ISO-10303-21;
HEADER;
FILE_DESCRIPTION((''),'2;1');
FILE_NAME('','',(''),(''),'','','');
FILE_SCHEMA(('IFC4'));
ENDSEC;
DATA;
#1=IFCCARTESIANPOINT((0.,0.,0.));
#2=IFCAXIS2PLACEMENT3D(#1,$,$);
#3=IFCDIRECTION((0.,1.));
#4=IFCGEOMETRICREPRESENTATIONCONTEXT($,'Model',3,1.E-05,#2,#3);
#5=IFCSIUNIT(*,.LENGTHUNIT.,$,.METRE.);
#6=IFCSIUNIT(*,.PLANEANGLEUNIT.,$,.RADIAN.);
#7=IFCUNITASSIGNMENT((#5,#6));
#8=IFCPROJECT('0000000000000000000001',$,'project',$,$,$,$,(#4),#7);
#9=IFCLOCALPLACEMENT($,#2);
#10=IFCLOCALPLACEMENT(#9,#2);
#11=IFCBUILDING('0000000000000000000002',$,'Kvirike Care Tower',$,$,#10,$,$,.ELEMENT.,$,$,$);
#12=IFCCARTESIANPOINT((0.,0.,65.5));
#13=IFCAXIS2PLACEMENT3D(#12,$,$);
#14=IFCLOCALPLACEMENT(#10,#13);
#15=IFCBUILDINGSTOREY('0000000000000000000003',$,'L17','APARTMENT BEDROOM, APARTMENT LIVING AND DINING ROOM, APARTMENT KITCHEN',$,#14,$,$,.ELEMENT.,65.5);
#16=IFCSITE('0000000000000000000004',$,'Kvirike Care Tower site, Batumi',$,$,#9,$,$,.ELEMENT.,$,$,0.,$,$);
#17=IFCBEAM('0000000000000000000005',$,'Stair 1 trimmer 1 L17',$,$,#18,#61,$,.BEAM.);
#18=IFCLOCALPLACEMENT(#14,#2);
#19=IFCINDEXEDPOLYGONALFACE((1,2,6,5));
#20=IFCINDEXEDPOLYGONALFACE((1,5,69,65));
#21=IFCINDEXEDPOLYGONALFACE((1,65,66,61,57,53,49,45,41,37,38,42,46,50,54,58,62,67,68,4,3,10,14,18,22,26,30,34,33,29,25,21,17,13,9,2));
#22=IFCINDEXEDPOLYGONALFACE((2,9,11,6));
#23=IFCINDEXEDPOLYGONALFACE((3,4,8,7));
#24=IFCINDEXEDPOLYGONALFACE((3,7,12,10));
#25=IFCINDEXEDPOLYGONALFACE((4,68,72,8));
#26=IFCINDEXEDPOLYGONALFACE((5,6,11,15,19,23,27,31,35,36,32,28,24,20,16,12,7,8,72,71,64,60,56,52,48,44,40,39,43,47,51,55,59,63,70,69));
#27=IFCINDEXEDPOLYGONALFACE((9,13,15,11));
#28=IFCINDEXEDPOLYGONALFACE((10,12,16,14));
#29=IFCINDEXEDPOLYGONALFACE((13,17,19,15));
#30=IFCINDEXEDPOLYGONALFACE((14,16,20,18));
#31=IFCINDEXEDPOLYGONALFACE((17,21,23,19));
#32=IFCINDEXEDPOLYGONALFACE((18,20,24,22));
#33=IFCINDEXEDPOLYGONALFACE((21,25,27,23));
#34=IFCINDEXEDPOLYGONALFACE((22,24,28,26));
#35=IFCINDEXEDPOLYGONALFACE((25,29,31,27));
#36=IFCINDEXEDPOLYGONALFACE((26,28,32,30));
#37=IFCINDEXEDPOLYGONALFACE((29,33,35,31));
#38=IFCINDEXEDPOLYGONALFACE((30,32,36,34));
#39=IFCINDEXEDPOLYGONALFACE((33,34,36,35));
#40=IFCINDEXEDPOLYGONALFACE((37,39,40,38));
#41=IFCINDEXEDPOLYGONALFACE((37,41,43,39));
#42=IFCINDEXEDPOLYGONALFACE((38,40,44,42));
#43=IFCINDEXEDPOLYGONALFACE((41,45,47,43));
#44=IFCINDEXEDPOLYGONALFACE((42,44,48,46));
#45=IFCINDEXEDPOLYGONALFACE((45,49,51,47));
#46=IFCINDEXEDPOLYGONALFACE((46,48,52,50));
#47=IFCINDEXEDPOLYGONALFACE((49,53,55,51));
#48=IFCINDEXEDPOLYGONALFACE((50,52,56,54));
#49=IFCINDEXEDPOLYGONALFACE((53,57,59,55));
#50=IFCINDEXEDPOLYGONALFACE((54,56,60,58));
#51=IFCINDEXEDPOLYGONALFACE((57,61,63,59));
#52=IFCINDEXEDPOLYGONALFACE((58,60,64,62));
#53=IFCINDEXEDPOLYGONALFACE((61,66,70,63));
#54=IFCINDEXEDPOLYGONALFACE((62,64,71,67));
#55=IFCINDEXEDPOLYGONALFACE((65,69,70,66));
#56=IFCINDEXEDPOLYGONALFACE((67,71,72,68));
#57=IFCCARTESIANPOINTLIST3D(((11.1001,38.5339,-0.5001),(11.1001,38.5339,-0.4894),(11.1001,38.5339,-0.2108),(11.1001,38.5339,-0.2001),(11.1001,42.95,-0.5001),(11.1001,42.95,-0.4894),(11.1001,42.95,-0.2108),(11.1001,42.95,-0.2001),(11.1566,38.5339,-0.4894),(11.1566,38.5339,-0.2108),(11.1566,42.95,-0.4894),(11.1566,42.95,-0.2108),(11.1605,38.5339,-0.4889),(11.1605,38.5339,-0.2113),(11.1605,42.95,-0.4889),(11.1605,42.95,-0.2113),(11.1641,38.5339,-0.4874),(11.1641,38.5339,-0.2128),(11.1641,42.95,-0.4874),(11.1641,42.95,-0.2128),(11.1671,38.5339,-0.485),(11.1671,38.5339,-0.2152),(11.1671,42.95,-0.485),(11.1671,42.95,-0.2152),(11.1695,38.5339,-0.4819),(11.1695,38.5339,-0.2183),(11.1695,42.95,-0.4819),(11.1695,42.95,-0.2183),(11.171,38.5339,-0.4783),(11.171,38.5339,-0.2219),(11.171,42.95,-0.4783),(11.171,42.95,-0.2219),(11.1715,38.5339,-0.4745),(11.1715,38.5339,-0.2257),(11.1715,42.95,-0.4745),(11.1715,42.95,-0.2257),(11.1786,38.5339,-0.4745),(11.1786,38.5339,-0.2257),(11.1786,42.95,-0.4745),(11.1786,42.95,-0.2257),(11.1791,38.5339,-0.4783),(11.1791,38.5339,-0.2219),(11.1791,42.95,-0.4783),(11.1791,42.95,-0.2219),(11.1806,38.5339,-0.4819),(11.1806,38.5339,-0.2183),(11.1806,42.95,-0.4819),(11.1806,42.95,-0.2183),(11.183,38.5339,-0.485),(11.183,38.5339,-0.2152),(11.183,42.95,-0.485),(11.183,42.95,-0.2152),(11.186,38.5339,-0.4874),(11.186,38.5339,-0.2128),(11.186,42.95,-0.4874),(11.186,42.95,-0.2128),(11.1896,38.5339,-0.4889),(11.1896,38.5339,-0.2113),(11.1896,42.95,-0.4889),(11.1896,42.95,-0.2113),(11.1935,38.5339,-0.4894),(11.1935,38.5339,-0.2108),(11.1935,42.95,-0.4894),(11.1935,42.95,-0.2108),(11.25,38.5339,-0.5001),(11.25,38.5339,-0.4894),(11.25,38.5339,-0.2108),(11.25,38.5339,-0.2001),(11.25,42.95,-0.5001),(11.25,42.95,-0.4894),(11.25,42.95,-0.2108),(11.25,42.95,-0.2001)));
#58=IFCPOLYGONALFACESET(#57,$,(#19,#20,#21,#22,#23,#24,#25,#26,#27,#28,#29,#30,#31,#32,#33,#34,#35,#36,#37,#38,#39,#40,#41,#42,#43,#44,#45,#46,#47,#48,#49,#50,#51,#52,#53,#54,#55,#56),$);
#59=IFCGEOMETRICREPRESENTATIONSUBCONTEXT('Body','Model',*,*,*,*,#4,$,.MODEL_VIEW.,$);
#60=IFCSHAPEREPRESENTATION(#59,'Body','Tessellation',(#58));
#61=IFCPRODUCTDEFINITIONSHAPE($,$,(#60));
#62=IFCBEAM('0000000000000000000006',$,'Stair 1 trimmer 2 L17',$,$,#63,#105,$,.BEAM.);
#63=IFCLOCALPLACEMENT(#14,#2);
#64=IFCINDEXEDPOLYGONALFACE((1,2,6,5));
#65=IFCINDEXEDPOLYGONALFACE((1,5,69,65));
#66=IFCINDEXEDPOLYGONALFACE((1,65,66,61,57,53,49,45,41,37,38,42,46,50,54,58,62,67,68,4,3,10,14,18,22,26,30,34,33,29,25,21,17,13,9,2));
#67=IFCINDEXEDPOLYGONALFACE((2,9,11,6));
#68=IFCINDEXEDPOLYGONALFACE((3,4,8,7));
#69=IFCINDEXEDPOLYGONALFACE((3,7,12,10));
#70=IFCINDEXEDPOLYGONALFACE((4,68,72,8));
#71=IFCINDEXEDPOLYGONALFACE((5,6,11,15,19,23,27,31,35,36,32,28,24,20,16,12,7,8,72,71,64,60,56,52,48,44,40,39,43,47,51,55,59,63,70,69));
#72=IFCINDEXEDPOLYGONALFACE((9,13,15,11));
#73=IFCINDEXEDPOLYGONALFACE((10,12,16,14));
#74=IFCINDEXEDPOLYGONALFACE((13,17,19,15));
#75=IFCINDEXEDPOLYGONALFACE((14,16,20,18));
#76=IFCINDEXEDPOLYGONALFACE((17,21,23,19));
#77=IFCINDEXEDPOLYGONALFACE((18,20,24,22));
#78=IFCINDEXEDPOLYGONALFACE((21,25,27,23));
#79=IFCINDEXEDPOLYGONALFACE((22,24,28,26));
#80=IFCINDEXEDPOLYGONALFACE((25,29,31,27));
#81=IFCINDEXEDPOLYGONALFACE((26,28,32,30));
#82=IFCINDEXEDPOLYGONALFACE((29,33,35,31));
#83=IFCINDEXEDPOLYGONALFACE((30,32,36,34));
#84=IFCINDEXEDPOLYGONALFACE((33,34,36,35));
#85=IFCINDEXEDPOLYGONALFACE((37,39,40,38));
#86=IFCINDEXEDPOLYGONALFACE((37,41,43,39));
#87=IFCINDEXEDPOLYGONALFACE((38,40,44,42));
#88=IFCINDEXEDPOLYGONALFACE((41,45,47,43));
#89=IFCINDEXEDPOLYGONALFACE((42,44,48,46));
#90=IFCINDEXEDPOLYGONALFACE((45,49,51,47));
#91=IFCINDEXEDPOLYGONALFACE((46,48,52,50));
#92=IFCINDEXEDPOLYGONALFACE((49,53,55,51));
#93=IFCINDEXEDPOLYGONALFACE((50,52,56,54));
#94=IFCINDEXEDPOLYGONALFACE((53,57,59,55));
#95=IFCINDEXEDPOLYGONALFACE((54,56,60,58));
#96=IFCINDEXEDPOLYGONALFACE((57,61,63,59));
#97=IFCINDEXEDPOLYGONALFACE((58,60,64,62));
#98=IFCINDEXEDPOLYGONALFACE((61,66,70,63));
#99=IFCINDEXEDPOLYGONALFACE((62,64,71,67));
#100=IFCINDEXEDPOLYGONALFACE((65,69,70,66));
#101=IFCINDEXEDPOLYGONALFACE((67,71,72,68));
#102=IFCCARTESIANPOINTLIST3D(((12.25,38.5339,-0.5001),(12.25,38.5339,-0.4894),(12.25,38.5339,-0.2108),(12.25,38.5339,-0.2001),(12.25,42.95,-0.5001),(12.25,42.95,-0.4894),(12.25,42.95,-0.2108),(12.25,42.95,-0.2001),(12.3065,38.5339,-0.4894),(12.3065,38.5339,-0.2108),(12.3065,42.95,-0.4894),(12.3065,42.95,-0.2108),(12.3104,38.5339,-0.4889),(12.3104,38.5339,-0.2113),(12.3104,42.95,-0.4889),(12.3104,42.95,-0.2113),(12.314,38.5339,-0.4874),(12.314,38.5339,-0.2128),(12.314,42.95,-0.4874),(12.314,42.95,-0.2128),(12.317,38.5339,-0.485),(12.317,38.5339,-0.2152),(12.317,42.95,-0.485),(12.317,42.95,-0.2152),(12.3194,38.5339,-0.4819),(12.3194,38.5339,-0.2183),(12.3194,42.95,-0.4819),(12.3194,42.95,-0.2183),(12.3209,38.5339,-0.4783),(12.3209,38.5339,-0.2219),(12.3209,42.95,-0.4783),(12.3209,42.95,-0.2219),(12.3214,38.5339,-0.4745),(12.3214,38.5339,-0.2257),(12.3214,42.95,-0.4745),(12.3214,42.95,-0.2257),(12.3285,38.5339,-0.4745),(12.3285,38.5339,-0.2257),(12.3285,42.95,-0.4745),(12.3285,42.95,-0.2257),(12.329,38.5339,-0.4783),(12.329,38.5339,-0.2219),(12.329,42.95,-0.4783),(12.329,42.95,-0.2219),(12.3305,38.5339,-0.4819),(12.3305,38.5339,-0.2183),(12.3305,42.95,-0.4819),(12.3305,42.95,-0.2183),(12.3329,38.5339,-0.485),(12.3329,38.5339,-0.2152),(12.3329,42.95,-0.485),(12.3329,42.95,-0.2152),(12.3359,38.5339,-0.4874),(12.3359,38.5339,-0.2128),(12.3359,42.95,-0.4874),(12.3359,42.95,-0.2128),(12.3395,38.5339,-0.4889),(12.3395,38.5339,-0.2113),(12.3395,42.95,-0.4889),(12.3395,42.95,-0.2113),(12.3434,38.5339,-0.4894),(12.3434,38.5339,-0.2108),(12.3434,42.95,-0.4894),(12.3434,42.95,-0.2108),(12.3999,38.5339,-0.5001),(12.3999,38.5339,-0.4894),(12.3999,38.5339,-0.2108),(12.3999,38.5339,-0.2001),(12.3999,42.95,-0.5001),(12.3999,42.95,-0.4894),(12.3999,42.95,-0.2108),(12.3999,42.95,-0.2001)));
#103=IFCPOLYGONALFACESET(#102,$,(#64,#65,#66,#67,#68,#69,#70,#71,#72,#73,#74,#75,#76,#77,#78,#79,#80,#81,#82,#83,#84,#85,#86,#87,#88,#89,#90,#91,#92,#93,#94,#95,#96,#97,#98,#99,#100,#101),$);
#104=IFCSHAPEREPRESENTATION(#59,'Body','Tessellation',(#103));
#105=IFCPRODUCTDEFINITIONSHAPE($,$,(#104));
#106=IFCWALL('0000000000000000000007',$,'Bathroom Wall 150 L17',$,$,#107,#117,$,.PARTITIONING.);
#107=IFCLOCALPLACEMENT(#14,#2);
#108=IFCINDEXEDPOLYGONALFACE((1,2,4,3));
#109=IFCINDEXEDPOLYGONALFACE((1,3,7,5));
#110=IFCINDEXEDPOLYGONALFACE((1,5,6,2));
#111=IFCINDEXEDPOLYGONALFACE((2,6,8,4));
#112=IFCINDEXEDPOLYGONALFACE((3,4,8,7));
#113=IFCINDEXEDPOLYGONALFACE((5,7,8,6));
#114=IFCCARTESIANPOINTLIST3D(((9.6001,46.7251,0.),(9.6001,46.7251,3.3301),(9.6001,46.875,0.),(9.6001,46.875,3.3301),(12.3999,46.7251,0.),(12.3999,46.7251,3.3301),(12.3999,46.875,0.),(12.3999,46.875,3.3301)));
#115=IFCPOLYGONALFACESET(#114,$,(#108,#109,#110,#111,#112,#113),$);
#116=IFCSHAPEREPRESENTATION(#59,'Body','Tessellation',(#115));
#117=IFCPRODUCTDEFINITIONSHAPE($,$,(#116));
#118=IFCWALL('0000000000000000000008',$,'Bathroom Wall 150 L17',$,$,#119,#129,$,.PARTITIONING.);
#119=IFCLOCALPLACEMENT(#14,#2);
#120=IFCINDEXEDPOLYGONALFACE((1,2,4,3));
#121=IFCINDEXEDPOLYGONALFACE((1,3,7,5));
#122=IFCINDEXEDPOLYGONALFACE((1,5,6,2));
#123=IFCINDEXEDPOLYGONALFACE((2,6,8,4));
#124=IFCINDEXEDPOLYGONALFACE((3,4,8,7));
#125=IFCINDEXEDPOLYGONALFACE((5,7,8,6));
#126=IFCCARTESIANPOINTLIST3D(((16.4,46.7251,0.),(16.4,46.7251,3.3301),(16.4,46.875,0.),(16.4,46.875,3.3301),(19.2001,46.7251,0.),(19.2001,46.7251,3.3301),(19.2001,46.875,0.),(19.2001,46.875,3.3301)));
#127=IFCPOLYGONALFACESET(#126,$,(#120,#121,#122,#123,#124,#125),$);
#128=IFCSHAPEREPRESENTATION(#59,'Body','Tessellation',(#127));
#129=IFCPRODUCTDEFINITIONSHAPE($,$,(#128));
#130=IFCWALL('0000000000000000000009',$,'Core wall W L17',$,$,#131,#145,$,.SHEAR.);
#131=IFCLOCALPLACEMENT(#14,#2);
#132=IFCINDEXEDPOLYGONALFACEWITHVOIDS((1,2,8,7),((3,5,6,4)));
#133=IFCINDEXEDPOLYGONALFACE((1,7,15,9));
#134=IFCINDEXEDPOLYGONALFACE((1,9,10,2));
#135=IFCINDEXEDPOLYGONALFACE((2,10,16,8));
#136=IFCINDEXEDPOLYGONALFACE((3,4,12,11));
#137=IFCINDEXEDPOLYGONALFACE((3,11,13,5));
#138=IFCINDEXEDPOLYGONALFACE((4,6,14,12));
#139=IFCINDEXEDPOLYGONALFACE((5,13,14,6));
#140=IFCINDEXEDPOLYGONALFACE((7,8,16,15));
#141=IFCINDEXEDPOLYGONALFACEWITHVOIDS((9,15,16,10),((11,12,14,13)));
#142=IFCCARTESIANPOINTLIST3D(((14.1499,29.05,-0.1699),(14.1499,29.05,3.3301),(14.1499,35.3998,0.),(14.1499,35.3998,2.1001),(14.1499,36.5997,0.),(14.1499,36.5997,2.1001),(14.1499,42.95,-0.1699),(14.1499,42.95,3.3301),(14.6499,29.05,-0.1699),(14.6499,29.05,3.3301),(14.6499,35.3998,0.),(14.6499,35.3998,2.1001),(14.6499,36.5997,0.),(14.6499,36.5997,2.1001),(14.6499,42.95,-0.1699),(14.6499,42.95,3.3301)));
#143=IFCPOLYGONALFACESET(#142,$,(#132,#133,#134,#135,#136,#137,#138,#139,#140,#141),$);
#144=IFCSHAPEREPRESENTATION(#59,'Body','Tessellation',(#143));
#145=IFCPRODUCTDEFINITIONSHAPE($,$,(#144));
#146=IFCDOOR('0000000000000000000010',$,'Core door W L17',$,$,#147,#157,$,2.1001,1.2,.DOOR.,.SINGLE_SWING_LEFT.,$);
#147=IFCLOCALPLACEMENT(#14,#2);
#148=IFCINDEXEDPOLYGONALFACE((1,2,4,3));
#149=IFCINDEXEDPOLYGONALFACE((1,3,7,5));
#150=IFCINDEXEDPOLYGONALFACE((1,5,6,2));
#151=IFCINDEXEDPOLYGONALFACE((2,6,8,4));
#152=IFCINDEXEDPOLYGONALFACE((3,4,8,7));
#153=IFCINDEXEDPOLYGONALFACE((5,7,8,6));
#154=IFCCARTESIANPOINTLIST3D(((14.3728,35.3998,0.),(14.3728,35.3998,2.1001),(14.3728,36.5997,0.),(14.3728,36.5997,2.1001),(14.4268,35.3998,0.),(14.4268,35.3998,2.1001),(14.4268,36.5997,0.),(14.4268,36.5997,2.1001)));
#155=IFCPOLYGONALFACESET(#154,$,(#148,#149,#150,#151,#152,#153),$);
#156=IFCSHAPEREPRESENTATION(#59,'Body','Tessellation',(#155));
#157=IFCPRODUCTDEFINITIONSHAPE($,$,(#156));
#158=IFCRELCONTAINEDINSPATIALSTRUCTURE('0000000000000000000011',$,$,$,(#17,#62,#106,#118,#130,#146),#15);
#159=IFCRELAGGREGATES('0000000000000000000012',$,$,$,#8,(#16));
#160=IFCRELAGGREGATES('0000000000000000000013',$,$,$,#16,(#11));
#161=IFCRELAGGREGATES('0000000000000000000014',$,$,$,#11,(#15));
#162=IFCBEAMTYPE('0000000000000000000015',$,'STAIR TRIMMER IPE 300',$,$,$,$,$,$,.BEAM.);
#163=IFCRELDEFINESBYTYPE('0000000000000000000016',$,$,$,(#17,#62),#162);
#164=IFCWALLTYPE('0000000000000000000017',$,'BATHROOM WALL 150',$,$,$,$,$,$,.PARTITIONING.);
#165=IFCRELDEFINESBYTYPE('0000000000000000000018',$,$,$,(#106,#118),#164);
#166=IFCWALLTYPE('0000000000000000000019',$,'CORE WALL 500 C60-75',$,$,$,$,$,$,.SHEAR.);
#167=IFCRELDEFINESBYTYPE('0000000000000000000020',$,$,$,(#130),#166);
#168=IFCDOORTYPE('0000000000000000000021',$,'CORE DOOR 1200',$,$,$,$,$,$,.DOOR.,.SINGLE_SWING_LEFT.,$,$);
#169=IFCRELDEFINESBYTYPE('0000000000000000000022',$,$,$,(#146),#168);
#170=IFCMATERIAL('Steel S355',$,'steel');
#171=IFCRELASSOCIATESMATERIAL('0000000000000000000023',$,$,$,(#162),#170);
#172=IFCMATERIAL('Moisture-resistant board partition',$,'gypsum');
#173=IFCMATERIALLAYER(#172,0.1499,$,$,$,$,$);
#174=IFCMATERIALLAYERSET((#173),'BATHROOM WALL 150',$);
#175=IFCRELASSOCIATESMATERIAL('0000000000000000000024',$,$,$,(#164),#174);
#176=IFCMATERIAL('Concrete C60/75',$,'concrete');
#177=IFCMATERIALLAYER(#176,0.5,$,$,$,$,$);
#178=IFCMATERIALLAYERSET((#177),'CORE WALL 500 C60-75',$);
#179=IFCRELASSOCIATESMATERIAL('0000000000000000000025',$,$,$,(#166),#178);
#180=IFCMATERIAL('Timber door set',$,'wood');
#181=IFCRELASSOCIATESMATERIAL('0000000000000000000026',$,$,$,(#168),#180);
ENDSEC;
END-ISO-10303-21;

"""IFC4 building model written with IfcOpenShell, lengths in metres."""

from ifc_helpers import new_model, si_unit, direction, frame, frame_2d, origin, origin_2d, place, context, subcontext, project, spatial, rectangle, i_section, extrude, material, layer, layer_set, material_profile, profile_set, type_object, element, fill, save


model = new_model("IFC4")

# Units and contexts
model_context = context("Model", 3, precision=1e-05, world=origin(), true_north=direction((0.0, 1.0)))
body_context = subcontext(model_context, "Body", "Model", "MODEL_VIEW")
ifc_project = project(units=[si_unit("LENGTHUNIT", "METRE"), si_unit("PLANEANGLEUNIT", "RADIAN")], contexts=[model_context])

# Site, building, storey
site_placement = place(None, origin())
site = spatial("IfcSite", under=ifc_project, at=site_placement, Name="Kvirike Care Tower site, Batumi", CompositionType="ELEMENT", RefElevation=0.0)
building_placement = place(site_placement, origin())
building = spatial("IfcBuilding", under=site, at=building_placement, Name="Kvirike Care Tower", CompositionType="ELEMENT")
storey_placement = place(building_placement, frame((0.0, 0.0, 65.5)))
storey = spatial("IfcBuildingStorey", under=building, at=storey_placement, Name="L17", Description="APARTMENT BEDROOM, APARTMENT LIVING AND DINING ROOM, APARTMENT KITCHEN", CompositionType="ELEMENT", Elevation=65.5)

# Beams
ifc_material_1 = material(Name="Steel S355", Category="steel")
ifc_material_profile_1 = material_profile(ifc_material_1, i_section(OverallWidth=0.1499, OverallDepth=0.3, WebThickness=0.0071, FlangeThickness=0.0107, FilletRadius=0.0149, at=origin_2d()), Name="IPE 300")
ifc_profile_set_1 = profile_set([ifc_material_profile_1], Name="Steel S355")
beam_type_1 = type_object("IfcBeamType", Name="STAIR TRIMMER IPE 300", PredefinedType="BEAM", material=ifc_profile_set_1)
for number, where, z_axis, x_axis, name in (
    (1, (11.175, 42.95, -0.3501), (0.0, -1.0, 0.0), (1.0, 0.0, 0.0), "Stair 1 trimmer 1 L17"),
    (2, (12.325, 42.95, -0.3501), (0.0, -1.0, 0.0), (1.0, 0.0, 0.0), "Stair 1 trimmer 2 L17"),
):
    element("IfcBeam", number, at=place(storey_placement, frame(where, z_axis=z_axis, x_axis=x_axis)), inside=storey, type_object=beam_type_1, Name=name, PredefinedType="BEAM", context=body_context, shape_type="SweptSolid", body=[
        extrude(i_section(OverallWidth=0.1499, OverallDepth=0.3, WebThickness=0.0071, FlangeThickness=0.0107, FilletRadius=0.0149, at=origin_2d()), origin(), (0.0, 0.0, 1.0), 4.416),
    ])

# Walls
ifc_material_2 = material(Name="Moisture-resistant board partition", Category="gypsum")
ifc_layer_1 = layer(ifc_material_2, 0.1499)
ifc_layer_set_1 = layer_set([ifc_layer_1], Name="BATHROOM WALL 150")
wall_type_1 = type_object("IfcWallType", Name="BATHROOM WALL 150", PredefinedType="PARTITIONING", material=ifc_layer_set_1)
wall_1_placement = place(storey_placement, frame((12.3999, 46.8, 0.0), z_axis=(0.0, 0.0, 1.0), x_axis=(-1.0, 0.0, 0.0)))
element("IfcWall", 3, at=wall_1_placement, inside=storey, type_object=wall_type_1, Name="Bathroom Wall 150 L17", PredefinedType="PARTITIONING", context=body_context, shape_type="SweptSolid", body=[
    extrude(rectangle(XDim=2.7998, YDim=0.1499, at=frame_2d((1.3999, 0.0))), origin(), (0.0, 0.0, 1.0), 3.3301),
])
wall_2_placement = place(storey_placement, frame((19.2, 46.8, 0.0), z_axis=(0.0, 0.0, 1.0), x_axis=(-1.0, 0.0, 0.0)))
element("IfcWall", 4, at=wall_2_placement, inside=storey, type_object=wall_type_1, Name="Bathroom Wall 150 L17", PredefinedType="PARTITIONING", context=body_context, shape_type="SweptSolid", body=[
    extrude(rectangle(XDim=2.8, YDim=0.1499, at=frame_2d((1.3999, 0.0))), origin(), (0.0, 0.0, 1.0), 3.3301),
])

# Wall, opening, door
ifc_material_3 = material(Name="Concrete C60/75", Category="concrete")
ifc_layer_2 = layer(ifc_material_3, 0.5)
ifc_layer_set_2 = layer_set([ifc_layer_2], Name="CORE WALL 500 C60-75")
wall_type_2 = type_object("IfcWallType", Name="CORE WALL 500 C60-75", PredefinedType="SHEAR", material=ifc_layer_set_2)
wall_3_placement = place(storey_placement, frame((14.3999, 42.95, -0.1699), z_axis=(0.0, 0.0, 1.0), x_axis=(0.0, -1.0, 0.0)))
wall_3 = element("IfcWall", 5, at=wall_3_placement, inside=storey, type_object=wall_type_2, Name="Core wall W L17", PredefinedType="SHEAR", context=body_context, shape_type="SweptSolid", body=[
    extrude(rectangle(XDim=13.8999, YDim=0.5, at=frame_2d((6.95, 0.0))), origin(), (0.0, 0.0, 1.0), 3.5),
])
opening_1_placement = place(wall_3_placement, frame((6.3501, 0.0, 0.1699)))
opening_1 = element("IfcOpeningElement", 6, at=opening_1_placement, cuts=wall_3, PredefinedType="OPENING", context=body_context, shape_type="SweptSolid", body=[
    extrude(rectangle(XDim=1.2, YDim=2.1001, at=frame_2d((0.6001, 1.05))), frame((0.0, 0.2605, 0.0), z_axis=(0.0, -1.0, 0.0), x_axis=(1.0, 0.0, 0.0)), (0.0, 0.0, 1.0), 0.521),
])
ifc_material_4 = material(Name="Timber door set", Category="wood")
door_type_1 = type_object("IfcDoorType", Name="CORE DOOR 1200", OperationType="SINGLE_SWING_LEFT", PredefinedType="DOOR", material=ifc_material_4)
door_1_placement = place(opening_1_placement, origin())
door_1 = element("IfcDoor", 7, at=door_1_placement, inside=storey, type_object=door_type_1, Name="Core door W L17", OperationType="SINGLE_SWING_LEFT", OverallHeight=2.1001, OverallWidth=1.2, PredefinedType="DOOR", context=body_context, shape_type="SweptSolid", body=[
    extrude(rectangle(XDim=1.2, YDim=2.1001, at=frame_2d((0.6001, 1.05))), frame((0.0, 0.0269, 0.0), z_axis=(0.0, -1.0, 0.0), x_axis=(1.0, 0.0, 0.0)), (0.0, 0.0, 1.0), 0.054),
])
fill(opening_1, door_1)

save(model, "model.ifc")
